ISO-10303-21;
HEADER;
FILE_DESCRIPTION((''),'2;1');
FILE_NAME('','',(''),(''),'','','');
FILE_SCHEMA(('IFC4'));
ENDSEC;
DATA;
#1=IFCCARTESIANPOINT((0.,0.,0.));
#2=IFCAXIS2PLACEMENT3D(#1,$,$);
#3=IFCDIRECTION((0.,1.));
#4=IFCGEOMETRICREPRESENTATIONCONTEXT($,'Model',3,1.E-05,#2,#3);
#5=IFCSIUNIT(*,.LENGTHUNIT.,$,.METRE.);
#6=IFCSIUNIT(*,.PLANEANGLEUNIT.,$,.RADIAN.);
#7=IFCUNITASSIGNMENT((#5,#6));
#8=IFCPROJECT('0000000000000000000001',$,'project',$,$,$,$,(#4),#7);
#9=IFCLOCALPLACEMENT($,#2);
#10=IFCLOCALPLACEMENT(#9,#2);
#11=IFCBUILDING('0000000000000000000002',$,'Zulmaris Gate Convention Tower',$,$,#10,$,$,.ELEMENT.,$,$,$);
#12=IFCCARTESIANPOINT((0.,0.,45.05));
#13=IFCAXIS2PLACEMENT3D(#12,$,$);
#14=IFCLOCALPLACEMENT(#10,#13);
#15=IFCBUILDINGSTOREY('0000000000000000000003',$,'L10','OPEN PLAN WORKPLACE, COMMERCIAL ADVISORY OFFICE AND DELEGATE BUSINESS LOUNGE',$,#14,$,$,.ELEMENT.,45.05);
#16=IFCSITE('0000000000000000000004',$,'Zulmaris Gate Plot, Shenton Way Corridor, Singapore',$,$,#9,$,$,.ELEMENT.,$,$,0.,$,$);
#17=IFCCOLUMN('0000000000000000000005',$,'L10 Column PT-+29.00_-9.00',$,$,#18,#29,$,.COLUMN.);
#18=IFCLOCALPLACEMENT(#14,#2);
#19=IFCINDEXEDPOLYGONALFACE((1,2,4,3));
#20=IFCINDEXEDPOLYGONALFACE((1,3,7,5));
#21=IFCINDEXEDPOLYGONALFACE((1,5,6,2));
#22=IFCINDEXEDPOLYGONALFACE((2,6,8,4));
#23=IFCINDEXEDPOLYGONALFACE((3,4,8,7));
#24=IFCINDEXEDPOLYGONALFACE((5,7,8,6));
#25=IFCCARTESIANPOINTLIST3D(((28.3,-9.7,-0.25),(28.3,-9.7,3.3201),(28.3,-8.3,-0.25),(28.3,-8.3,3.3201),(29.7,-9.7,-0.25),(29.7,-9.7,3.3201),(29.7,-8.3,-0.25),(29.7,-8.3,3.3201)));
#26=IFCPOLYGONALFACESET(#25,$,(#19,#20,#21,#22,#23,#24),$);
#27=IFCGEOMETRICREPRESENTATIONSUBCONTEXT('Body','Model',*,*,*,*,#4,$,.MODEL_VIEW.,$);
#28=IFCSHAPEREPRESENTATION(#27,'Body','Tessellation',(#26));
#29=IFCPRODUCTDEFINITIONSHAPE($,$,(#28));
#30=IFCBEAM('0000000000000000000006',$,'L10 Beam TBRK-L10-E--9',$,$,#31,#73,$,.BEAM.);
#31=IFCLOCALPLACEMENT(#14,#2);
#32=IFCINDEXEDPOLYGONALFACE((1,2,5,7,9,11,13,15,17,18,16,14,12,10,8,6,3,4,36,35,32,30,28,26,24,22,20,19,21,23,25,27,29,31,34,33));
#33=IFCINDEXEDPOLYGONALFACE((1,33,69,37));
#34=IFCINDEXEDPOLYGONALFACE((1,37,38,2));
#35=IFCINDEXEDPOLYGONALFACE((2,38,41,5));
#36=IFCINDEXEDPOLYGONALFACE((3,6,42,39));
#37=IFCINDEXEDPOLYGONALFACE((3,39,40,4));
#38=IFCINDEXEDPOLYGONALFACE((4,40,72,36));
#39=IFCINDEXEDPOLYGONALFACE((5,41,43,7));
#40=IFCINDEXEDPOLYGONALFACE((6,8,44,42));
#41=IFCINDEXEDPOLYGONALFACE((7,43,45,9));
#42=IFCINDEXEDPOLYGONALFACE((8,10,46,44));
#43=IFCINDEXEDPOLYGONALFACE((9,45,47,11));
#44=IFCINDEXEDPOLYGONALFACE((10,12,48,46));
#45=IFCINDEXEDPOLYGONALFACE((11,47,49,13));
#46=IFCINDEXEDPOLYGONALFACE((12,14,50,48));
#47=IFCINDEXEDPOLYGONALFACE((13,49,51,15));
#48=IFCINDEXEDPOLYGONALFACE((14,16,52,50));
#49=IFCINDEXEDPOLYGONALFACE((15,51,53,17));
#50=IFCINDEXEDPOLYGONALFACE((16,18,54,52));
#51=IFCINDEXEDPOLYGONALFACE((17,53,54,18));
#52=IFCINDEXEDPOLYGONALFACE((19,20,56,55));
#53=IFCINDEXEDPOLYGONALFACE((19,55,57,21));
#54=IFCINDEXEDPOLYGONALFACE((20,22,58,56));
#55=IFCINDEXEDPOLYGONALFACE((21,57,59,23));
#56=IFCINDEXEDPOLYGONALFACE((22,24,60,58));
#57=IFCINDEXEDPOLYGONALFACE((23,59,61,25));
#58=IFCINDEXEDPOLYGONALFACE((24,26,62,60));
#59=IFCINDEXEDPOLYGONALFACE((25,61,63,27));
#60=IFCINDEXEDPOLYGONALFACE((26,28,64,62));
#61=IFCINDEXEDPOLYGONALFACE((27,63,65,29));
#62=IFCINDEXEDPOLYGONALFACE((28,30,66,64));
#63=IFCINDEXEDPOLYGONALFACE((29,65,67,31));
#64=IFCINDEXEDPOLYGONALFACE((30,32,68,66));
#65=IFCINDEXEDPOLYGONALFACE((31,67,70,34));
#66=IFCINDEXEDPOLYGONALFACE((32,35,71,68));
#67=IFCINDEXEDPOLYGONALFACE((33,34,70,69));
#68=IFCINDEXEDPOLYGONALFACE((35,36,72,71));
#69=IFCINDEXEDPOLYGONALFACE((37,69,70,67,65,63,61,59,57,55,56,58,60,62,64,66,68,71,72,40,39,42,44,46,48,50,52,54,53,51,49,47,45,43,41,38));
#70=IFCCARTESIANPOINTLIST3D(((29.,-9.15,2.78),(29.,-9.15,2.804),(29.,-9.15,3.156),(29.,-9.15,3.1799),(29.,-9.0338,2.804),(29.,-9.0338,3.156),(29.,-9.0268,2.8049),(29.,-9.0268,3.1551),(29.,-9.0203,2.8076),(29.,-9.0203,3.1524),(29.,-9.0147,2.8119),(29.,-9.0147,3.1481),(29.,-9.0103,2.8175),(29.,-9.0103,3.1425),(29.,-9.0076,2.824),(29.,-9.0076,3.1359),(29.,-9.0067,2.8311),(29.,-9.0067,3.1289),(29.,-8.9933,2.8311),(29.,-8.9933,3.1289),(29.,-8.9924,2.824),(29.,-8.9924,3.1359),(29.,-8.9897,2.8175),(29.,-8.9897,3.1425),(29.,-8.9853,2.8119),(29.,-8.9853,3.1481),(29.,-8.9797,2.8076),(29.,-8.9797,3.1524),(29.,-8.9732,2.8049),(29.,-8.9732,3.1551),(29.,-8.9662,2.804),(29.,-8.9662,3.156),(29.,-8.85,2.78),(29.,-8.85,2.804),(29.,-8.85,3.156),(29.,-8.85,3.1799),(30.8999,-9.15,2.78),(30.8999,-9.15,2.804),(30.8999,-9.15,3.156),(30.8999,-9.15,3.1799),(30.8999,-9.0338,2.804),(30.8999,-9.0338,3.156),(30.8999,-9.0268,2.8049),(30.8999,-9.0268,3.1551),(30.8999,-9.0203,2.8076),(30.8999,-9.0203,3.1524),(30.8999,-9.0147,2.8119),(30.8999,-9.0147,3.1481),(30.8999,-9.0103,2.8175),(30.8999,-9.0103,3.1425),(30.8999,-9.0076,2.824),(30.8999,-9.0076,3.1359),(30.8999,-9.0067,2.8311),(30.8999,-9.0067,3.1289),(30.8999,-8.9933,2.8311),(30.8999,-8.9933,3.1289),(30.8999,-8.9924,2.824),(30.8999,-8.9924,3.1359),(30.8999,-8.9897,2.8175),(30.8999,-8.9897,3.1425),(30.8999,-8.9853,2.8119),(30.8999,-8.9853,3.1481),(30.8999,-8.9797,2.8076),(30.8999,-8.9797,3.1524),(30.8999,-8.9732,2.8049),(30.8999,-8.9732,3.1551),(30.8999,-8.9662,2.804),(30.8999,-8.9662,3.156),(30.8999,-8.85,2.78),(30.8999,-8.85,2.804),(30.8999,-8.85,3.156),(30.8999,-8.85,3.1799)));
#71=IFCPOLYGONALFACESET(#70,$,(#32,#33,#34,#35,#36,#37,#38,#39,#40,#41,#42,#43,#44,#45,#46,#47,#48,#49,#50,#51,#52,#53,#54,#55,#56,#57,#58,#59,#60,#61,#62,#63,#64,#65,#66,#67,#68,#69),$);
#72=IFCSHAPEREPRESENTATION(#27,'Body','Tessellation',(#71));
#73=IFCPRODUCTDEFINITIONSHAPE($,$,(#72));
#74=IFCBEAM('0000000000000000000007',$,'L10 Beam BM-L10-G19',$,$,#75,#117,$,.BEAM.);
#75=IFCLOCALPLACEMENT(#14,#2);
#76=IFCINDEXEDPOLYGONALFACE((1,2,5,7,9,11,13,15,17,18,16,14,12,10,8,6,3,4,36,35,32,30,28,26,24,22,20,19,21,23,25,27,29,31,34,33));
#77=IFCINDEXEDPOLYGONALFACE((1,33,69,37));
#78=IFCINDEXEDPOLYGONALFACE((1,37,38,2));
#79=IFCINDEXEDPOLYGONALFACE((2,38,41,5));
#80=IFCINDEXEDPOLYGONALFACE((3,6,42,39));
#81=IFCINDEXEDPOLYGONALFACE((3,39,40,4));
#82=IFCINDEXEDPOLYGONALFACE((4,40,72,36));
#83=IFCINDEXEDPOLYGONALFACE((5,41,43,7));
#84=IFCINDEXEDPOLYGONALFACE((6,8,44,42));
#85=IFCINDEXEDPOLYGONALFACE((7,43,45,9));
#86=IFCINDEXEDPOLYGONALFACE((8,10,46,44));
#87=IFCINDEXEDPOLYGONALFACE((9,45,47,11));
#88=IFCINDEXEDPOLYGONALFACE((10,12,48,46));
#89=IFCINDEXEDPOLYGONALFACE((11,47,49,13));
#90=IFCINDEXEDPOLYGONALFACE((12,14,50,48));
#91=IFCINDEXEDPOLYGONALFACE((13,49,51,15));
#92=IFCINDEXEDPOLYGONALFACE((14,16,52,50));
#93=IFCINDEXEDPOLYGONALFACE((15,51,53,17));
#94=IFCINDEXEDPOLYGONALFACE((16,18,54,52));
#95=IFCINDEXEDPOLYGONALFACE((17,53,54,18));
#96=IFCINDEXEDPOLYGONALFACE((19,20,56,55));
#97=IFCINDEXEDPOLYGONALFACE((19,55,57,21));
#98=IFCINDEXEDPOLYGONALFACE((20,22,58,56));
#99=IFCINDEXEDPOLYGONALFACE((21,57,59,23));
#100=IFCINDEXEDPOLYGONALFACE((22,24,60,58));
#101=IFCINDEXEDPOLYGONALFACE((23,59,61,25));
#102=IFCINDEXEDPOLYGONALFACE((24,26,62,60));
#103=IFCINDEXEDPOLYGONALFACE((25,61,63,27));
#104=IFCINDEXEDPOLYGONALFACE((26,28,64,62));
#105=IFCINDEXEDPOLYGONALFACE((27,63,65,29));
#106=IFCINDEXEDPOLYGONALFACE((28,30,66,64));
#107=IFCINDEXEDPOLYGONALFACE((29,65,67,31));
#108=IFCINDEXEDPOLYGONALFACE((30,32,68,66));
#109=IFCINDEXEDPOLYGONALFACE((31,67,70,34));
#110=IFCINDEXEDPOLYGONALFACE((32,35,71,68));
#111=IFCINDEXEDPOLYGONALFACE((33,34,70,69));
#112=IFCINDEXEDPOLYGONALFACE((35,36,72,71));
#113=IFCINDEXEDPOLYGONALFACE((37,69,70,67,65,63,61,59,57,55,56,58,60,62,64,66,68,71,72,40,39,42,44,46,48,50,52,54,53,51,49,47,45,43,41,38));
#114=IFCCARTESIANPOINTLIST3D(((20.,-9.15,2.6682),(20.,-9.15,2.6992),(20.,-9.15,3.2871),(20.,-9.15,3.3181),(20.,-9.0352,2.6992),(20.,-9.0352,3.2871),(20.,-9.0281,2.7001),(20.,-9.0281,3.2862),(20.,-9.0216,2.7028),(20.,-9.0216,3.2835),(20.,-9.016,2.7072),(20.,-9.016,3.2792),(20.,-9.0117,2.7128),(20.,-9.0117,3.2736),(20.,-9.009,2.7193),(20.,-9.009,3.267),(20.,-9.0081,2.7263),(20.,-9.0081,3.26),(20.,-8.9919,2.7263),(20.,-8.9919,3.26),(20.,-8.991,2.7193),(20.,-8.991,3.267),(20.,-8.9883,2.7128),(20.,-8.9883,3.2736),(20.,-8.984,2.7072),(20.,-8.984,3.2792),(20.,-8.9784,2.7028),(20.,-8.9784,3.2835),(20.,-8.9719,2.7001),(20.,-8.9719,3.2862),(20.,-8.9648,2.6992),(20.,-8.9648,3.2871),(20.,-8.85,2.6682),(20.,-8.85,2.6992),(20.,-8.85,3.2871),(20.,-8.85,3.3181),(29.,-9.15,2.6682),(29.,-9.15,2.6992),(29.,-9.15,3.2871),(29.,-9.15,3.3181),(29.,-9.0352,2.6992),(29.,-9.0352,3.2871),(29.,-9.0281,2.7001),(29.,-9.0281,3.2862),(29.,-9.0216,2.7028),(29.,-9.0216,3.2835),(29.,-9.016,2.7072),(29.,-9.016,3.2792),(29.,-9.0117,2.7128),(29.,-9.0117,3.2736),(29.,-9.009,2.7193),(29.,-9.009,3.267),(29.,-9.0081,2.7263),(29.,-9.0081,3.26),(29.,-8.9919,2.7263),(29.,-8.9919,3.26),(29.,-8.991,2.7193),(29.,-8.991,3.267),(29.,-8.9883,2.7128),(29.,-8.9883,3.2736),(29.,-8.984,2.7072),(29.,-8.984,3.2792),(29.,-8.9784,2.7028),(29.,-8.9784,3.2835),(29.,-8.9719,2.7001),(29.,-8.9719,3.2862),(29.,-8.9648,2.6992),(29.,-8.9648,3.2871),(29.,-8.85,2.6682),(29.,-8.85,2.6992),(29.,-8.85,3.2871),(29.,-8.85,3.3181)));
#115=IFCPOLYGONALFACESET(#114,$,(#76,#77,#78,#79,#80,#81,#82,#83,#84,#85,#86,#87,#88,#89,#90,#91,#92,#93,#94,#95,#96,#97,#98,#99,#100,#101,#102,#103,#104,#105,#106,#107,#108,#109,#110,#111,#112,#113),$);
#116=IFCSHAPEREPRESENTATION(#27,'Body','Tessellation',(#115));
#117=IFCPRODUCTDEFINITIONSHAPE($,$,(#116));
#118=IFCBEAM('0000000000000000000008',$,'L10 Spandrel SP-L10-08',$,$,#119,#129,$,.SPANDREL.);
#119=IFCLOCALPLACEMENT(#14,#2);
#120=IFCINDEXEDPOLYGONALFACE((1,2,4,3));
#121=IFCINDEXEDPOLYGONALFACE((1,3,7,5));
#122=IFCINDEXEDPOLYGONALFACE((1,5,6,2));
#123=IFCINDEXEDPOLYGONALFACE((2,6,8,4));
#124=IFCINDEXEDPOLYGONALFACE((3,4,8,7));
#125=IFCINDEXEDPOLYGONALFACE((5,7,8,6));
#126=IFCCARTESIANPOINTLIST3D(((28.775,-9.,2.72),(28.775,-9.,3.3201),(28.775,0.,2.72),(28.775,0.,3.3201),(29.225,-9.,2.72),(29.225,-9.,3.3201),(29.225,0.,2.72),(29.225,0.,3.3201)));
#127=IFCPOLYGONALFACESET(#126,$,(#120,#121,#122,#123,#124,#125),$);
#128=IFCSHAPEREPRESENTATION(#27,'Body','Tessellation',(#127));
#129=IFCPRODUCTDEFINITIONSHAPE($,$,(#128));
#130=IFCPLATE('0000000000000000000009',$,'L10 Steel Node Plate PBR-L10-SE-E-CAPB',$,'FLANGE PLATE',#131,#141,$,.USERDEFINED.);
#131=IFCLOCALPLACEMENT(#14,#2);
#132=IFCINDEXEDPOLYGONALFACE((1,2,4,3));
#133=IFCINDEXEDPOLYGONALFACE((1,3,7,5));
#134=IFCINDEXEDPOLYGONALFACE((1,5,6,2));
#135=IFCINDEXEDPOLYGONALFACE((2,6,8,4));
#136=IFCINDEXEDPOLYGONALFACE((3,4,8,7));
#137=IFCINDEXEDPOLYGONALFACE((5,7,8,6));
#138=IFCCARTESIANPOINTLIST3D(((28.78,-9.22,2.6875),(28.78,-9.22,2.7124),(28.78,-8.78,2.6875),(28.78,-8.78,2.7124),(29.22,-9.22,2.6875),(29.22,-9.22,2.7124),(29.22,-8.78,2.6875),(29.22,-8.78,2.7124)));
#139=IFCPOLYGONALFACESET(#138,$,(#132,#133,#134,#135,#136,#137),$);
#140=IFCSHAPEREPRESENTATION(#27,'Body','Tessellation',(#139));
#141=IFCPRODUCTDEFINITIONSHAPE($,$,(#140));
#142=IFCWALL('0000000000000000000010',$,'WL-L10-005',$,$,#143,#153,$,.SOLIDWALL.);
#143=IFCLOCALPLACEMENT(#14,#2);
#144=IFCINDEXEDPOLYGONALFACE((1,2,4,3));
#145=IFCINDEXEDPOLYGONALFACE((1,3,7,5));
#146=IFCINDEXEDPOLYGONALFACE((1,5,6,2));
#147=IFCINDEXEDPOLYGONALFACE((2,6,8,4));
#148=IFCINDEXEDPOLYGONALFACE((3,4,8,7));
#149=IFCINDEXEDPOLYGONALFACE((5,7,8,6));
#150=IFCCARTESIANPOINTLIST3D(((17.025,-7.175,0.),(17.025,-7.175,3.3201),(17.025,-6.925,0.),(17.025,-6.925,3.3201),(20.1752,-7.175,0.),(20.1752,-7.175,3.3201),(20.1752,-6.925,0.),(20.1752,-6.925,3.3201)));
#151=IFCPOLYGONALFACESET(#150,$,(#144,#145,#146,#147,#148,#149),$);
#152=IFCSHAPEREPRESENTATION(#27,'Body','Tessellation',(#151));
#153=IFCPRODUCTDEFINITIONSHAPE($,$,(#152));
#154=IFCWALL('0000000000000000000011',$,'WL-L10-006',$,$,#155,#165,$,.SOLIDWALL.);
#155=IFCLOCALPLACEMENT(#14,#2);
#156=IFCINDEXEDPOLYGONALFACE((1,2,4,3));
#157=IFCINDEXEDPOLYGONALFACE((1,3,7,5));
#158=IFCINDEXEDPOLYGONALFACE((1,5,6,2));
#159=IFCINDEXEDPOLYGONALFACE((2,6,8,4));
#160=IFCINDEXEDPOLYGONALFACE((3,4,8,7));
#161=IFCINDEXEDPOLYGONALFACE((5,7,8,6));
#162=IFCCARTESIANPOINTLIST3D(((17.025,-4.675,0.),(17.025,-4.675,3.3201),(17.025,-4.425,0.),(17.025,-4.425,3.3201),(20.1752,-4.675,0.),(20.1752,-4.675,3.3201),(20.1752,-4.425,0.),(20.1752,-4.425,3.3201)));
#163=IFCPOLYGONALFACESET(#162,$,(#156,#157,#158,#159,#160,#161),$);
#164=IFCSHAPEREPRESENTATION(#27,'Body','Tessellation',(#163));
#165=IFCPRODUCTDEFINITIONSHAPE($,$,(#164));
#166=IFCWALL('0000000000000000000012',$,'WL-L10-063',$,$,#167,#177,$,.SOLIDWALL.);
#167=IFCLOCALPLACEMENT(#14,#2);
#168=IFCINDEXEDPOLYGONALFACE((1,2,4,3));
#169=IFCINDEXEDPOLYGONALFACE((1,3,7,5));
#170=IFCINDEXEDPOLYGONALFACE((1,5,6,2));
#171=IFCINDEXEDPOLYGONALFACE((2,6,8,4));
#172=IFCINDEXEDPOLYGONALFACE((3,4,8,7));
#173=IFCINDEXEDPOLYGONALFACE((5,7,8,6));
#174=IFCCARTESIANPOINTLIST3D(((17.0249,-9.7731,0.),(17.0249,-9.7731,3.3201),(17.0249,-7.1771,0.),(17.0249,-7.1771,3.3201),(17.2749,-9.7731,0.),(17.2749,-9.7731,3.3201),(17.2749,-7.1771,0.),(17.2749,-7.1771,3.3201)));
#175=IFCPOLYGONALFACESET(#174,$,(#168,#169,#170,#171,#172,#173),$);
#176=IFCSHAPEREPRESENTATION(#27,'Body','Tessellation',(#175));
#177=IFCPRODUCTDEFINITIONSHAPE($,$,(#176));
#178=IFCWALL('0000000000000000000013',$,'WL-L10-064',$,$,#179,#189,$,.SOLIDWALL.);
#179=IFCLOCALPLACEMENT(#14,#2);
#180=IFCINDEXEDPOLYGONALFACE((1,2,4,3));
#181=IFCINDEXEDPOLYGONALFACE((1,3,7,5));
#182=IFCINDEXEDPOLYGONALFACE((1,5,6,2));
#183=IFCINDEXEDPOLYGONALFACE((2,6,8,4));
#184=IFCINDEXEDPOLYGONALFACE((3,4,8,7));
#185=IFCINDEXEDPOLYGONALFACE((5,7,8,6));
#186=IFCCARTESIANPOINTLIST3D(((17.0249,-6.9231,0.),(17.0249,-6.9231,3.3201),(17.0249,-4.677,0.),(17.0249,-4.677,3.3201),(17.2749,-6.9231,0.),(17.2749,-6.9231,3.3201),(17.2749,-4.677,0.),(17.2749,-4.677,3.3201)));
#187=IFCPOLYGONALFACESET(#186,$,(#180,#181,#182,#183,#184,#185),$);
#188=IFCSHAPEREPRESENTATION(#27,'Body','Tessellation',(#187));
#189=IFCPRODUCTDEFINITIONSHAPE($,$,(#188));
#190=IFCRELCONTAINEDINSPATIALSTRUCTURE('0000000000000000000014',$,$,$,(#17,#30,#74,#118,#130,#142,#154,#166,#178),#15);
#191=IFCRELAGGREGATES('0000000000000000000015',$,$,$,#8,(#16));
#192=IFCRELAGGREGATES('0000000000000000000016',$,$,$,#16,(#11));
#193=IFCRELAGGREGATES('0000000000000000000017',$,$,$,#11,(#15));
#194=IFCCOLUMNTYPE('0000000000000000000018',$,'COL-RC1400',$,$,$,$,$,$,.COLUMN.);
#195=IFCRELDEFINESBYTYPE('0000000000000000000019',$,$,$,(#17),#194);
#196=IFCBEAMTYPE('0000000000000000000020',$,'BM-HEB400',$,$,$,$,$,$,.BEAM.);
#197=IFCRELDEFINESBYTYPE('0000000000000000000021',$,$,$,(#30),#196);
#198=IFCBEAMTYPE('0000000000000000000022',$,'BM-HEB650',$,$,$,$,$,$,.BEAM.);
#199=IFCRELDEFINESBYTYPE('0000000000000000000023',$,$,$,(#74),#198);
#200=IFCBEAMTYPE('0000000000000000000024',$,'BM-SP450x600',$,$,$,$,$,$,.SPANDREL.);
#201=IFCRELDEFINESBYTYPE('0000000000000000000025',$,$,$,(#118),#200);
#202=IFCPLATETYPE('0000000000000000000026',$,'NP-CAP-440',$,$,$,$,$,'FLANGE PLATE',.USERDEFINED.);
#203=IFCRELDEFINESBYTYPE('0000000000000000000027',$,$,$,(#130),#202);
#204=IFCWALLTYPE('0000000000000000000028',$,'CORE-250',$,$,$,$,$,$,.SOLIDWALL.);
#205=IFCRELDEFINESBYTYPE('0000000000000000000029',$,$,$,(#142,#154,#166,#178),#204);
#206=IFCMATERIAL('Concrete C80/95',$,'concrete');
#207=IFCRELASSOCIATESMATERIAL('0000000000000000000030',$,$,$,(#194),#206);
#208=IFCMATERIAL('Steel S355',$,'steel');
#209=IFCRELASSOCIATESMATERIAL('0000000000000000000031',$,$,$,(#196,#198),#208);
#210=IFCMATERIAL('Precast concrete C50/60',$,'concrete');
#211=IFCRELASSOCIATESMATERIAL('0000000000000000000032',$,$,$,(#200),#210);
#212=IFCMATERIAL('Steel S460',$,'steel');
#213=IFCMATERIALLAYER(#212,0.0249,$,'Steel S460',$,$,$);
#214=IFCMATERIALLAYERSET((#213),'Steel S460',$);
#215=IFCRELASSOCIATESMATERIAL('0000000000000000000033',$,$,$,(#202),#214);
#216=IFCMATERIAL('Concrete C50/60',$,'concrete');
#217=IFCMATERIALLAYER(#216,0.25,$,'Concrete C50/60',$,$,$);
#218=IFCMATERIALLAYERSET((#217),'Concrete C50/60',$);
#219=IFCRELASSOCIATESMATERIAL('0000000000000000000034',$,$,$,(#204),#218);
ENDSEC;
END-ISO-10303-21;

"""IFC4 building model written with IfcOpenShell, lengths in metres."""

from ifc_helpers import new_model, si_unit, direction, frame, frame_2d, origin, origin_2d, place, context, subcontext, project, spatial, rectangle, i_section, extrude, material, layer, layer_set, material_profile, profile_set, type_object, element, save


model = new_model("IFC4")

# Units and contexts
model_context = context("Model", 3, precision=1e-05, world=origin(), true_north=direction((0.0, 1.0)))
body_context = subcontext(model_context, "Body", "Model", "MODEL_VIEW")
ifc_project = project(units=[si_unit("LENGTHUNIT", "METRE"), si_unit("PLANEANGLEUNIT", "RADIAN")], contexts=[model_context])

# Site, building, storey
site_placement = place(None, origin())
site = spatial("IfcSite", under=ifc_project, at=site_placement, Name="Zulmaris Gate Plot, Shenton Way Corridor, Singapore", CompositionType="ELEMENT", RefElevation=0.0)
building_placement = place(site_placement, origin())
building = spatial("IfcBuilding", under=site, at=building_placement, Name="Zulmaris Gate Convention Tower", CompositionType="ELEMENT")
storey_placement = place(building_placement, frame((0.0, 0.0, 45.05)))
storey = spatial("IfcBuildingStorey", under=building, at=storey_placement, Name="L10", Description="OPEN PLAN WORKPLACE, COMMERCIAL ADVISORY OFFICE AND DELEGATE BUSINESS LOUNGE", CompositionType="ELEMENT", Elevation=45.05)

# Column
ifc_material_1 = material(Name="Concrete C80/95", Category="concrete")
ifc_material_profile_1 = material_profile(ifc_material_1, rectangle(XDim=1.3999, YDim=1.3999, at=origin_2d()), Name="RC COL 1400x1400")
ifc_profile_set_1 = profile_set([ifc_material_profile_1], Name="Concrete C80/95")
column_type = type_object("IfcColumnType", Name="COL-RC1400", PredefinedType="COLUMN", material=ifc_profile_set_1)
column_placement = place(storey_placement, frame((29.0, -9.0, -0.25), z_axis=(0.0, 0.0, 1.0), x_axis=(1.0, 0.0, 0.0)))
element("IfcColumn", 1, at=column_placement, inside=storey, type_object=column_type, Name="L10 Column PT-+29.00_-9.00", PredefinedType="COLUMN", context=body_context, shape_type="SweptSolid", body=[
    extrude(rectangle(XDim=1.3999, YDim=1.3999, at=origin_2d()), origin(), (0.0, 0.0, 1.0), 3.5701),
])

# Beams
ifc_material_2 = material(Name="Steel S355", Category="steel")
ifc_material_profile_2 = material_profile(ifc_material_2, i_section(OverallWidth=0.3, OverallDepth=0.3999, WebThickness=0.0134, FlangeThickness=0.0239, FilletRadius=0.0271, at=origin_2d()), Name="HEB 400")
ifc_profile_set_2 = profile_set([ifc_material_profile_2], Name="Steel S355")
beam_type_1 = type_object("IfcBeamType", Name="BM-HEB400", PredefinedType="BEAM", material=ifc_profile_set_2)
beam_1_placement = place(storey_placement, frame((29.0, -9.0, 2.98), z_axis=(1.0, 0.0, 0.0), x_axis=(0.0, 1.0, 0.0)))
element("IfcBeam", 2, at=beam_1_placement, inside=storey, type_object=beam_type_1, Name="L10 Beam TBRK-L10-E--9", PredefinedType="BEAM", context=body_context, shape_type="SweptSolid", body=[
    extrude(i_section(OverallWidth=0.3, OverallDepth=0.3999, WebThickness=0.0134, FlangeThickness=0.0239, FilletRadius=0.0271, at=origin_2d()), origin(), (0.0, 0.0, 1.0), 1.8999),
])
ifc_material_profile_3 = material_profile(ifc_material_2, i_section(OverallWidth=0.3, OverallDepth=0.6499, WebThickness=0.0161, FlangeThickness=0.031, FilletRadius=0.0271, at=origin_2d()), Name="HEB 650")
ifc_profile_set_3 = profile_set([ifc_material_profile_3], Name="Steel S355")
beam_type_2 = type_object("IfcBeamType", Name="BM-HEB650", PredefinedType="BEAM", material=ifc_profile_set_3)
beam_2_placement = place(storey_placement, frame((20.0, -9.0, 2.9932), z_axis=(1.0, 0.0, 0.0), x_axis=(0.0, 1.0, 0.0)))
element("IfcBeam", 3, at=beam_2_placement, inside=storey, type_object=beam_type_2, Name="L10 Beam BM-L10-G19", PredefinedType="BEAM", context=body_context, shape_type="SweptSolid", body=[
    extrude(i_section(OverallWidth=0.3, OverallDepth=0.6499, WebThickness=0.0161, FlangeThickness=0.031, FilletRadius=0.0271, at=origin_2d()), origin(), (0.0, 0.0, 1.0), 9.0),
])
ifc_material_3 = material(Name="Precast concrete C50/60", Category="concrete")
ifc_material_profile_4 = material_profile(ifc_material_3, rectangle(XDim=0.45, YDim=0.6001, at=origin_2d()), Name="RC SPANDREL 450x600")
ifc_profile_set_4 = profile_set([ifc_material_profile_4], Name="Precast concrete C50/60")
beam_type_3 = type_object("IfcBeamType", Name="BM-SP450x600", PredefinedType="SPANDREL", material=ifc_profile_set_4)
beam_3_placement = place(storey_placement, frame((29.0, -9.0, 3.02), z_axis=(0.0, 1.0, 0.0), x_axis=(-1.0, 0.0, 0.0)))
element("IfcBeam", 4, at=beam_3_placement, inside=storey, type_object=beam_type_3, Name="L10 Spandrel SP-L10-08", PredefinedType="SPANDREL", context=body_context, shape_type="SweptSolid", body=[
    extrude(rectangle(XDim=0.45, YDim=0.6001, at=origin_2d()), origin(), (0.0, 0.0, 1.0), 9.0),
])

# Plate
ifc_material_4 = material(Name="Steel S460", Category="steel")
ifc_layer_1 = layer(ifc_material_4, 0.0249, Name="Steel S460")
ifc_layer_set_1 = layer_set([ifc_layer_1], Name="Steel S460")
plate_type = type_object("IfcPlateType", Name="NP-CAP-440", ElementType="FLANGE PLATE", PredefinedType="USERDEFINED", material=ifc_layer_set_1)
plate_placement = place(storey_placement, frame((29.0, -9.0, 2.6875), z_axis=(0.0, 0.0, 1.0), x_axis=(1.0, 0.0, 0.0)))
element("IfcPlate", 5, at=plate_placement, inside=storey, type_object=plate_type, Name="L10 Steel Node Plate PBR-L10-SE-E-CAPB", ObjectType="FLANGE PLATE", PredefinedType="USERDEFINED", context=body_context, shape_type="SweptSolid", body=[
    extrude(rectangle(XDim=0.4399, YDim=0.4399, at=origin_2d()), origin(), (0.0, 0.0, 1.0), 0.0249),
])

# Walls
ifc_material_5 = material(Name="Concrete C50/60", Category="concrete")
ifc_layer_2 = layer(ifc_material_5, 0.25, Name="Concrete C50/60")
ifc_layer_set_2 = layer_set([ifc_layer_2], Name="Concrete C50/60")
wall_type_1 = type_object("IfcWallType", Name="CORE-250", PredefinedType="SOLIDWALL", material=ifc_layer_set_2)
for number, where, z_axis, x_axis, name in (
    (6, (17.0249, -7.05, 0.0), (0.0, 0.0, 1.0), (1.0, 0.0, 0.0), "WL-L10-005"),
    (7, (17.0249, -4.55, 0.0), (0.0, 0.0, 1.0), (1.0, 0.0, 0.0), "WL-L10-006"),
):
    element("IfcWall", number, at=place(storey_placement, frame(where, z_axis=z_axis, x_axis=x_axis)), inside=storey, type_object=wall_type_1, Name=name, PredefinedType="SOLIDWALL", context=body_context, shape_type="SweptSolid", body=[
        extrude(rectangle(XDim=3.1501, YDim=0.25, at=frame_2d((1.5752, 0.0))), origin(), (0.0, 0.0, 1.0), 3.3201),
    ])
wall_1_placement = place(storey_placement, frame((17.1499, -9.7729, 0.0), z_axis=(0.0, 0.0, 1.0), x_axis=(0.0, 1.0, 0.0)))
element("IfcWall", 8, at=wall_1_placement, inside=storey, type_object=wall_type_1, Name="WL-L10-063", PredefinedType="SOLIDWALL", context=body_context, shape_type="SweptSolid", body=[
    extrude(rectangle(XDim=2.5959, YDim=0.25, at=frame_2d((1.2979, 0.0))), origin(), (0.0, 0.0, 1.0), 3.3201),
])
wall_2_placement = place(storey_placement, frame((17.1499, -6.9231, 0.0), z_axis=(0.0, 0.0, 1.0), x_axis=(0.0, 1.0, 0.0)))
element("IfcWall", 9, at=wall_2_placement, inside=storey, type_object=wall_type_1, Name="WL-L10-064", PredefinedType="SOLIDWALL", context=body_context, shape_type="SweptSolid", body=[
    extrude(rectangle(XDim=2.2461, YDim=0.25, at=frame_2d((1.123, 0.0))), origin(), (0.0, 0.0, 1.0), 3.3201),
])

save(model, "model.ifc")
